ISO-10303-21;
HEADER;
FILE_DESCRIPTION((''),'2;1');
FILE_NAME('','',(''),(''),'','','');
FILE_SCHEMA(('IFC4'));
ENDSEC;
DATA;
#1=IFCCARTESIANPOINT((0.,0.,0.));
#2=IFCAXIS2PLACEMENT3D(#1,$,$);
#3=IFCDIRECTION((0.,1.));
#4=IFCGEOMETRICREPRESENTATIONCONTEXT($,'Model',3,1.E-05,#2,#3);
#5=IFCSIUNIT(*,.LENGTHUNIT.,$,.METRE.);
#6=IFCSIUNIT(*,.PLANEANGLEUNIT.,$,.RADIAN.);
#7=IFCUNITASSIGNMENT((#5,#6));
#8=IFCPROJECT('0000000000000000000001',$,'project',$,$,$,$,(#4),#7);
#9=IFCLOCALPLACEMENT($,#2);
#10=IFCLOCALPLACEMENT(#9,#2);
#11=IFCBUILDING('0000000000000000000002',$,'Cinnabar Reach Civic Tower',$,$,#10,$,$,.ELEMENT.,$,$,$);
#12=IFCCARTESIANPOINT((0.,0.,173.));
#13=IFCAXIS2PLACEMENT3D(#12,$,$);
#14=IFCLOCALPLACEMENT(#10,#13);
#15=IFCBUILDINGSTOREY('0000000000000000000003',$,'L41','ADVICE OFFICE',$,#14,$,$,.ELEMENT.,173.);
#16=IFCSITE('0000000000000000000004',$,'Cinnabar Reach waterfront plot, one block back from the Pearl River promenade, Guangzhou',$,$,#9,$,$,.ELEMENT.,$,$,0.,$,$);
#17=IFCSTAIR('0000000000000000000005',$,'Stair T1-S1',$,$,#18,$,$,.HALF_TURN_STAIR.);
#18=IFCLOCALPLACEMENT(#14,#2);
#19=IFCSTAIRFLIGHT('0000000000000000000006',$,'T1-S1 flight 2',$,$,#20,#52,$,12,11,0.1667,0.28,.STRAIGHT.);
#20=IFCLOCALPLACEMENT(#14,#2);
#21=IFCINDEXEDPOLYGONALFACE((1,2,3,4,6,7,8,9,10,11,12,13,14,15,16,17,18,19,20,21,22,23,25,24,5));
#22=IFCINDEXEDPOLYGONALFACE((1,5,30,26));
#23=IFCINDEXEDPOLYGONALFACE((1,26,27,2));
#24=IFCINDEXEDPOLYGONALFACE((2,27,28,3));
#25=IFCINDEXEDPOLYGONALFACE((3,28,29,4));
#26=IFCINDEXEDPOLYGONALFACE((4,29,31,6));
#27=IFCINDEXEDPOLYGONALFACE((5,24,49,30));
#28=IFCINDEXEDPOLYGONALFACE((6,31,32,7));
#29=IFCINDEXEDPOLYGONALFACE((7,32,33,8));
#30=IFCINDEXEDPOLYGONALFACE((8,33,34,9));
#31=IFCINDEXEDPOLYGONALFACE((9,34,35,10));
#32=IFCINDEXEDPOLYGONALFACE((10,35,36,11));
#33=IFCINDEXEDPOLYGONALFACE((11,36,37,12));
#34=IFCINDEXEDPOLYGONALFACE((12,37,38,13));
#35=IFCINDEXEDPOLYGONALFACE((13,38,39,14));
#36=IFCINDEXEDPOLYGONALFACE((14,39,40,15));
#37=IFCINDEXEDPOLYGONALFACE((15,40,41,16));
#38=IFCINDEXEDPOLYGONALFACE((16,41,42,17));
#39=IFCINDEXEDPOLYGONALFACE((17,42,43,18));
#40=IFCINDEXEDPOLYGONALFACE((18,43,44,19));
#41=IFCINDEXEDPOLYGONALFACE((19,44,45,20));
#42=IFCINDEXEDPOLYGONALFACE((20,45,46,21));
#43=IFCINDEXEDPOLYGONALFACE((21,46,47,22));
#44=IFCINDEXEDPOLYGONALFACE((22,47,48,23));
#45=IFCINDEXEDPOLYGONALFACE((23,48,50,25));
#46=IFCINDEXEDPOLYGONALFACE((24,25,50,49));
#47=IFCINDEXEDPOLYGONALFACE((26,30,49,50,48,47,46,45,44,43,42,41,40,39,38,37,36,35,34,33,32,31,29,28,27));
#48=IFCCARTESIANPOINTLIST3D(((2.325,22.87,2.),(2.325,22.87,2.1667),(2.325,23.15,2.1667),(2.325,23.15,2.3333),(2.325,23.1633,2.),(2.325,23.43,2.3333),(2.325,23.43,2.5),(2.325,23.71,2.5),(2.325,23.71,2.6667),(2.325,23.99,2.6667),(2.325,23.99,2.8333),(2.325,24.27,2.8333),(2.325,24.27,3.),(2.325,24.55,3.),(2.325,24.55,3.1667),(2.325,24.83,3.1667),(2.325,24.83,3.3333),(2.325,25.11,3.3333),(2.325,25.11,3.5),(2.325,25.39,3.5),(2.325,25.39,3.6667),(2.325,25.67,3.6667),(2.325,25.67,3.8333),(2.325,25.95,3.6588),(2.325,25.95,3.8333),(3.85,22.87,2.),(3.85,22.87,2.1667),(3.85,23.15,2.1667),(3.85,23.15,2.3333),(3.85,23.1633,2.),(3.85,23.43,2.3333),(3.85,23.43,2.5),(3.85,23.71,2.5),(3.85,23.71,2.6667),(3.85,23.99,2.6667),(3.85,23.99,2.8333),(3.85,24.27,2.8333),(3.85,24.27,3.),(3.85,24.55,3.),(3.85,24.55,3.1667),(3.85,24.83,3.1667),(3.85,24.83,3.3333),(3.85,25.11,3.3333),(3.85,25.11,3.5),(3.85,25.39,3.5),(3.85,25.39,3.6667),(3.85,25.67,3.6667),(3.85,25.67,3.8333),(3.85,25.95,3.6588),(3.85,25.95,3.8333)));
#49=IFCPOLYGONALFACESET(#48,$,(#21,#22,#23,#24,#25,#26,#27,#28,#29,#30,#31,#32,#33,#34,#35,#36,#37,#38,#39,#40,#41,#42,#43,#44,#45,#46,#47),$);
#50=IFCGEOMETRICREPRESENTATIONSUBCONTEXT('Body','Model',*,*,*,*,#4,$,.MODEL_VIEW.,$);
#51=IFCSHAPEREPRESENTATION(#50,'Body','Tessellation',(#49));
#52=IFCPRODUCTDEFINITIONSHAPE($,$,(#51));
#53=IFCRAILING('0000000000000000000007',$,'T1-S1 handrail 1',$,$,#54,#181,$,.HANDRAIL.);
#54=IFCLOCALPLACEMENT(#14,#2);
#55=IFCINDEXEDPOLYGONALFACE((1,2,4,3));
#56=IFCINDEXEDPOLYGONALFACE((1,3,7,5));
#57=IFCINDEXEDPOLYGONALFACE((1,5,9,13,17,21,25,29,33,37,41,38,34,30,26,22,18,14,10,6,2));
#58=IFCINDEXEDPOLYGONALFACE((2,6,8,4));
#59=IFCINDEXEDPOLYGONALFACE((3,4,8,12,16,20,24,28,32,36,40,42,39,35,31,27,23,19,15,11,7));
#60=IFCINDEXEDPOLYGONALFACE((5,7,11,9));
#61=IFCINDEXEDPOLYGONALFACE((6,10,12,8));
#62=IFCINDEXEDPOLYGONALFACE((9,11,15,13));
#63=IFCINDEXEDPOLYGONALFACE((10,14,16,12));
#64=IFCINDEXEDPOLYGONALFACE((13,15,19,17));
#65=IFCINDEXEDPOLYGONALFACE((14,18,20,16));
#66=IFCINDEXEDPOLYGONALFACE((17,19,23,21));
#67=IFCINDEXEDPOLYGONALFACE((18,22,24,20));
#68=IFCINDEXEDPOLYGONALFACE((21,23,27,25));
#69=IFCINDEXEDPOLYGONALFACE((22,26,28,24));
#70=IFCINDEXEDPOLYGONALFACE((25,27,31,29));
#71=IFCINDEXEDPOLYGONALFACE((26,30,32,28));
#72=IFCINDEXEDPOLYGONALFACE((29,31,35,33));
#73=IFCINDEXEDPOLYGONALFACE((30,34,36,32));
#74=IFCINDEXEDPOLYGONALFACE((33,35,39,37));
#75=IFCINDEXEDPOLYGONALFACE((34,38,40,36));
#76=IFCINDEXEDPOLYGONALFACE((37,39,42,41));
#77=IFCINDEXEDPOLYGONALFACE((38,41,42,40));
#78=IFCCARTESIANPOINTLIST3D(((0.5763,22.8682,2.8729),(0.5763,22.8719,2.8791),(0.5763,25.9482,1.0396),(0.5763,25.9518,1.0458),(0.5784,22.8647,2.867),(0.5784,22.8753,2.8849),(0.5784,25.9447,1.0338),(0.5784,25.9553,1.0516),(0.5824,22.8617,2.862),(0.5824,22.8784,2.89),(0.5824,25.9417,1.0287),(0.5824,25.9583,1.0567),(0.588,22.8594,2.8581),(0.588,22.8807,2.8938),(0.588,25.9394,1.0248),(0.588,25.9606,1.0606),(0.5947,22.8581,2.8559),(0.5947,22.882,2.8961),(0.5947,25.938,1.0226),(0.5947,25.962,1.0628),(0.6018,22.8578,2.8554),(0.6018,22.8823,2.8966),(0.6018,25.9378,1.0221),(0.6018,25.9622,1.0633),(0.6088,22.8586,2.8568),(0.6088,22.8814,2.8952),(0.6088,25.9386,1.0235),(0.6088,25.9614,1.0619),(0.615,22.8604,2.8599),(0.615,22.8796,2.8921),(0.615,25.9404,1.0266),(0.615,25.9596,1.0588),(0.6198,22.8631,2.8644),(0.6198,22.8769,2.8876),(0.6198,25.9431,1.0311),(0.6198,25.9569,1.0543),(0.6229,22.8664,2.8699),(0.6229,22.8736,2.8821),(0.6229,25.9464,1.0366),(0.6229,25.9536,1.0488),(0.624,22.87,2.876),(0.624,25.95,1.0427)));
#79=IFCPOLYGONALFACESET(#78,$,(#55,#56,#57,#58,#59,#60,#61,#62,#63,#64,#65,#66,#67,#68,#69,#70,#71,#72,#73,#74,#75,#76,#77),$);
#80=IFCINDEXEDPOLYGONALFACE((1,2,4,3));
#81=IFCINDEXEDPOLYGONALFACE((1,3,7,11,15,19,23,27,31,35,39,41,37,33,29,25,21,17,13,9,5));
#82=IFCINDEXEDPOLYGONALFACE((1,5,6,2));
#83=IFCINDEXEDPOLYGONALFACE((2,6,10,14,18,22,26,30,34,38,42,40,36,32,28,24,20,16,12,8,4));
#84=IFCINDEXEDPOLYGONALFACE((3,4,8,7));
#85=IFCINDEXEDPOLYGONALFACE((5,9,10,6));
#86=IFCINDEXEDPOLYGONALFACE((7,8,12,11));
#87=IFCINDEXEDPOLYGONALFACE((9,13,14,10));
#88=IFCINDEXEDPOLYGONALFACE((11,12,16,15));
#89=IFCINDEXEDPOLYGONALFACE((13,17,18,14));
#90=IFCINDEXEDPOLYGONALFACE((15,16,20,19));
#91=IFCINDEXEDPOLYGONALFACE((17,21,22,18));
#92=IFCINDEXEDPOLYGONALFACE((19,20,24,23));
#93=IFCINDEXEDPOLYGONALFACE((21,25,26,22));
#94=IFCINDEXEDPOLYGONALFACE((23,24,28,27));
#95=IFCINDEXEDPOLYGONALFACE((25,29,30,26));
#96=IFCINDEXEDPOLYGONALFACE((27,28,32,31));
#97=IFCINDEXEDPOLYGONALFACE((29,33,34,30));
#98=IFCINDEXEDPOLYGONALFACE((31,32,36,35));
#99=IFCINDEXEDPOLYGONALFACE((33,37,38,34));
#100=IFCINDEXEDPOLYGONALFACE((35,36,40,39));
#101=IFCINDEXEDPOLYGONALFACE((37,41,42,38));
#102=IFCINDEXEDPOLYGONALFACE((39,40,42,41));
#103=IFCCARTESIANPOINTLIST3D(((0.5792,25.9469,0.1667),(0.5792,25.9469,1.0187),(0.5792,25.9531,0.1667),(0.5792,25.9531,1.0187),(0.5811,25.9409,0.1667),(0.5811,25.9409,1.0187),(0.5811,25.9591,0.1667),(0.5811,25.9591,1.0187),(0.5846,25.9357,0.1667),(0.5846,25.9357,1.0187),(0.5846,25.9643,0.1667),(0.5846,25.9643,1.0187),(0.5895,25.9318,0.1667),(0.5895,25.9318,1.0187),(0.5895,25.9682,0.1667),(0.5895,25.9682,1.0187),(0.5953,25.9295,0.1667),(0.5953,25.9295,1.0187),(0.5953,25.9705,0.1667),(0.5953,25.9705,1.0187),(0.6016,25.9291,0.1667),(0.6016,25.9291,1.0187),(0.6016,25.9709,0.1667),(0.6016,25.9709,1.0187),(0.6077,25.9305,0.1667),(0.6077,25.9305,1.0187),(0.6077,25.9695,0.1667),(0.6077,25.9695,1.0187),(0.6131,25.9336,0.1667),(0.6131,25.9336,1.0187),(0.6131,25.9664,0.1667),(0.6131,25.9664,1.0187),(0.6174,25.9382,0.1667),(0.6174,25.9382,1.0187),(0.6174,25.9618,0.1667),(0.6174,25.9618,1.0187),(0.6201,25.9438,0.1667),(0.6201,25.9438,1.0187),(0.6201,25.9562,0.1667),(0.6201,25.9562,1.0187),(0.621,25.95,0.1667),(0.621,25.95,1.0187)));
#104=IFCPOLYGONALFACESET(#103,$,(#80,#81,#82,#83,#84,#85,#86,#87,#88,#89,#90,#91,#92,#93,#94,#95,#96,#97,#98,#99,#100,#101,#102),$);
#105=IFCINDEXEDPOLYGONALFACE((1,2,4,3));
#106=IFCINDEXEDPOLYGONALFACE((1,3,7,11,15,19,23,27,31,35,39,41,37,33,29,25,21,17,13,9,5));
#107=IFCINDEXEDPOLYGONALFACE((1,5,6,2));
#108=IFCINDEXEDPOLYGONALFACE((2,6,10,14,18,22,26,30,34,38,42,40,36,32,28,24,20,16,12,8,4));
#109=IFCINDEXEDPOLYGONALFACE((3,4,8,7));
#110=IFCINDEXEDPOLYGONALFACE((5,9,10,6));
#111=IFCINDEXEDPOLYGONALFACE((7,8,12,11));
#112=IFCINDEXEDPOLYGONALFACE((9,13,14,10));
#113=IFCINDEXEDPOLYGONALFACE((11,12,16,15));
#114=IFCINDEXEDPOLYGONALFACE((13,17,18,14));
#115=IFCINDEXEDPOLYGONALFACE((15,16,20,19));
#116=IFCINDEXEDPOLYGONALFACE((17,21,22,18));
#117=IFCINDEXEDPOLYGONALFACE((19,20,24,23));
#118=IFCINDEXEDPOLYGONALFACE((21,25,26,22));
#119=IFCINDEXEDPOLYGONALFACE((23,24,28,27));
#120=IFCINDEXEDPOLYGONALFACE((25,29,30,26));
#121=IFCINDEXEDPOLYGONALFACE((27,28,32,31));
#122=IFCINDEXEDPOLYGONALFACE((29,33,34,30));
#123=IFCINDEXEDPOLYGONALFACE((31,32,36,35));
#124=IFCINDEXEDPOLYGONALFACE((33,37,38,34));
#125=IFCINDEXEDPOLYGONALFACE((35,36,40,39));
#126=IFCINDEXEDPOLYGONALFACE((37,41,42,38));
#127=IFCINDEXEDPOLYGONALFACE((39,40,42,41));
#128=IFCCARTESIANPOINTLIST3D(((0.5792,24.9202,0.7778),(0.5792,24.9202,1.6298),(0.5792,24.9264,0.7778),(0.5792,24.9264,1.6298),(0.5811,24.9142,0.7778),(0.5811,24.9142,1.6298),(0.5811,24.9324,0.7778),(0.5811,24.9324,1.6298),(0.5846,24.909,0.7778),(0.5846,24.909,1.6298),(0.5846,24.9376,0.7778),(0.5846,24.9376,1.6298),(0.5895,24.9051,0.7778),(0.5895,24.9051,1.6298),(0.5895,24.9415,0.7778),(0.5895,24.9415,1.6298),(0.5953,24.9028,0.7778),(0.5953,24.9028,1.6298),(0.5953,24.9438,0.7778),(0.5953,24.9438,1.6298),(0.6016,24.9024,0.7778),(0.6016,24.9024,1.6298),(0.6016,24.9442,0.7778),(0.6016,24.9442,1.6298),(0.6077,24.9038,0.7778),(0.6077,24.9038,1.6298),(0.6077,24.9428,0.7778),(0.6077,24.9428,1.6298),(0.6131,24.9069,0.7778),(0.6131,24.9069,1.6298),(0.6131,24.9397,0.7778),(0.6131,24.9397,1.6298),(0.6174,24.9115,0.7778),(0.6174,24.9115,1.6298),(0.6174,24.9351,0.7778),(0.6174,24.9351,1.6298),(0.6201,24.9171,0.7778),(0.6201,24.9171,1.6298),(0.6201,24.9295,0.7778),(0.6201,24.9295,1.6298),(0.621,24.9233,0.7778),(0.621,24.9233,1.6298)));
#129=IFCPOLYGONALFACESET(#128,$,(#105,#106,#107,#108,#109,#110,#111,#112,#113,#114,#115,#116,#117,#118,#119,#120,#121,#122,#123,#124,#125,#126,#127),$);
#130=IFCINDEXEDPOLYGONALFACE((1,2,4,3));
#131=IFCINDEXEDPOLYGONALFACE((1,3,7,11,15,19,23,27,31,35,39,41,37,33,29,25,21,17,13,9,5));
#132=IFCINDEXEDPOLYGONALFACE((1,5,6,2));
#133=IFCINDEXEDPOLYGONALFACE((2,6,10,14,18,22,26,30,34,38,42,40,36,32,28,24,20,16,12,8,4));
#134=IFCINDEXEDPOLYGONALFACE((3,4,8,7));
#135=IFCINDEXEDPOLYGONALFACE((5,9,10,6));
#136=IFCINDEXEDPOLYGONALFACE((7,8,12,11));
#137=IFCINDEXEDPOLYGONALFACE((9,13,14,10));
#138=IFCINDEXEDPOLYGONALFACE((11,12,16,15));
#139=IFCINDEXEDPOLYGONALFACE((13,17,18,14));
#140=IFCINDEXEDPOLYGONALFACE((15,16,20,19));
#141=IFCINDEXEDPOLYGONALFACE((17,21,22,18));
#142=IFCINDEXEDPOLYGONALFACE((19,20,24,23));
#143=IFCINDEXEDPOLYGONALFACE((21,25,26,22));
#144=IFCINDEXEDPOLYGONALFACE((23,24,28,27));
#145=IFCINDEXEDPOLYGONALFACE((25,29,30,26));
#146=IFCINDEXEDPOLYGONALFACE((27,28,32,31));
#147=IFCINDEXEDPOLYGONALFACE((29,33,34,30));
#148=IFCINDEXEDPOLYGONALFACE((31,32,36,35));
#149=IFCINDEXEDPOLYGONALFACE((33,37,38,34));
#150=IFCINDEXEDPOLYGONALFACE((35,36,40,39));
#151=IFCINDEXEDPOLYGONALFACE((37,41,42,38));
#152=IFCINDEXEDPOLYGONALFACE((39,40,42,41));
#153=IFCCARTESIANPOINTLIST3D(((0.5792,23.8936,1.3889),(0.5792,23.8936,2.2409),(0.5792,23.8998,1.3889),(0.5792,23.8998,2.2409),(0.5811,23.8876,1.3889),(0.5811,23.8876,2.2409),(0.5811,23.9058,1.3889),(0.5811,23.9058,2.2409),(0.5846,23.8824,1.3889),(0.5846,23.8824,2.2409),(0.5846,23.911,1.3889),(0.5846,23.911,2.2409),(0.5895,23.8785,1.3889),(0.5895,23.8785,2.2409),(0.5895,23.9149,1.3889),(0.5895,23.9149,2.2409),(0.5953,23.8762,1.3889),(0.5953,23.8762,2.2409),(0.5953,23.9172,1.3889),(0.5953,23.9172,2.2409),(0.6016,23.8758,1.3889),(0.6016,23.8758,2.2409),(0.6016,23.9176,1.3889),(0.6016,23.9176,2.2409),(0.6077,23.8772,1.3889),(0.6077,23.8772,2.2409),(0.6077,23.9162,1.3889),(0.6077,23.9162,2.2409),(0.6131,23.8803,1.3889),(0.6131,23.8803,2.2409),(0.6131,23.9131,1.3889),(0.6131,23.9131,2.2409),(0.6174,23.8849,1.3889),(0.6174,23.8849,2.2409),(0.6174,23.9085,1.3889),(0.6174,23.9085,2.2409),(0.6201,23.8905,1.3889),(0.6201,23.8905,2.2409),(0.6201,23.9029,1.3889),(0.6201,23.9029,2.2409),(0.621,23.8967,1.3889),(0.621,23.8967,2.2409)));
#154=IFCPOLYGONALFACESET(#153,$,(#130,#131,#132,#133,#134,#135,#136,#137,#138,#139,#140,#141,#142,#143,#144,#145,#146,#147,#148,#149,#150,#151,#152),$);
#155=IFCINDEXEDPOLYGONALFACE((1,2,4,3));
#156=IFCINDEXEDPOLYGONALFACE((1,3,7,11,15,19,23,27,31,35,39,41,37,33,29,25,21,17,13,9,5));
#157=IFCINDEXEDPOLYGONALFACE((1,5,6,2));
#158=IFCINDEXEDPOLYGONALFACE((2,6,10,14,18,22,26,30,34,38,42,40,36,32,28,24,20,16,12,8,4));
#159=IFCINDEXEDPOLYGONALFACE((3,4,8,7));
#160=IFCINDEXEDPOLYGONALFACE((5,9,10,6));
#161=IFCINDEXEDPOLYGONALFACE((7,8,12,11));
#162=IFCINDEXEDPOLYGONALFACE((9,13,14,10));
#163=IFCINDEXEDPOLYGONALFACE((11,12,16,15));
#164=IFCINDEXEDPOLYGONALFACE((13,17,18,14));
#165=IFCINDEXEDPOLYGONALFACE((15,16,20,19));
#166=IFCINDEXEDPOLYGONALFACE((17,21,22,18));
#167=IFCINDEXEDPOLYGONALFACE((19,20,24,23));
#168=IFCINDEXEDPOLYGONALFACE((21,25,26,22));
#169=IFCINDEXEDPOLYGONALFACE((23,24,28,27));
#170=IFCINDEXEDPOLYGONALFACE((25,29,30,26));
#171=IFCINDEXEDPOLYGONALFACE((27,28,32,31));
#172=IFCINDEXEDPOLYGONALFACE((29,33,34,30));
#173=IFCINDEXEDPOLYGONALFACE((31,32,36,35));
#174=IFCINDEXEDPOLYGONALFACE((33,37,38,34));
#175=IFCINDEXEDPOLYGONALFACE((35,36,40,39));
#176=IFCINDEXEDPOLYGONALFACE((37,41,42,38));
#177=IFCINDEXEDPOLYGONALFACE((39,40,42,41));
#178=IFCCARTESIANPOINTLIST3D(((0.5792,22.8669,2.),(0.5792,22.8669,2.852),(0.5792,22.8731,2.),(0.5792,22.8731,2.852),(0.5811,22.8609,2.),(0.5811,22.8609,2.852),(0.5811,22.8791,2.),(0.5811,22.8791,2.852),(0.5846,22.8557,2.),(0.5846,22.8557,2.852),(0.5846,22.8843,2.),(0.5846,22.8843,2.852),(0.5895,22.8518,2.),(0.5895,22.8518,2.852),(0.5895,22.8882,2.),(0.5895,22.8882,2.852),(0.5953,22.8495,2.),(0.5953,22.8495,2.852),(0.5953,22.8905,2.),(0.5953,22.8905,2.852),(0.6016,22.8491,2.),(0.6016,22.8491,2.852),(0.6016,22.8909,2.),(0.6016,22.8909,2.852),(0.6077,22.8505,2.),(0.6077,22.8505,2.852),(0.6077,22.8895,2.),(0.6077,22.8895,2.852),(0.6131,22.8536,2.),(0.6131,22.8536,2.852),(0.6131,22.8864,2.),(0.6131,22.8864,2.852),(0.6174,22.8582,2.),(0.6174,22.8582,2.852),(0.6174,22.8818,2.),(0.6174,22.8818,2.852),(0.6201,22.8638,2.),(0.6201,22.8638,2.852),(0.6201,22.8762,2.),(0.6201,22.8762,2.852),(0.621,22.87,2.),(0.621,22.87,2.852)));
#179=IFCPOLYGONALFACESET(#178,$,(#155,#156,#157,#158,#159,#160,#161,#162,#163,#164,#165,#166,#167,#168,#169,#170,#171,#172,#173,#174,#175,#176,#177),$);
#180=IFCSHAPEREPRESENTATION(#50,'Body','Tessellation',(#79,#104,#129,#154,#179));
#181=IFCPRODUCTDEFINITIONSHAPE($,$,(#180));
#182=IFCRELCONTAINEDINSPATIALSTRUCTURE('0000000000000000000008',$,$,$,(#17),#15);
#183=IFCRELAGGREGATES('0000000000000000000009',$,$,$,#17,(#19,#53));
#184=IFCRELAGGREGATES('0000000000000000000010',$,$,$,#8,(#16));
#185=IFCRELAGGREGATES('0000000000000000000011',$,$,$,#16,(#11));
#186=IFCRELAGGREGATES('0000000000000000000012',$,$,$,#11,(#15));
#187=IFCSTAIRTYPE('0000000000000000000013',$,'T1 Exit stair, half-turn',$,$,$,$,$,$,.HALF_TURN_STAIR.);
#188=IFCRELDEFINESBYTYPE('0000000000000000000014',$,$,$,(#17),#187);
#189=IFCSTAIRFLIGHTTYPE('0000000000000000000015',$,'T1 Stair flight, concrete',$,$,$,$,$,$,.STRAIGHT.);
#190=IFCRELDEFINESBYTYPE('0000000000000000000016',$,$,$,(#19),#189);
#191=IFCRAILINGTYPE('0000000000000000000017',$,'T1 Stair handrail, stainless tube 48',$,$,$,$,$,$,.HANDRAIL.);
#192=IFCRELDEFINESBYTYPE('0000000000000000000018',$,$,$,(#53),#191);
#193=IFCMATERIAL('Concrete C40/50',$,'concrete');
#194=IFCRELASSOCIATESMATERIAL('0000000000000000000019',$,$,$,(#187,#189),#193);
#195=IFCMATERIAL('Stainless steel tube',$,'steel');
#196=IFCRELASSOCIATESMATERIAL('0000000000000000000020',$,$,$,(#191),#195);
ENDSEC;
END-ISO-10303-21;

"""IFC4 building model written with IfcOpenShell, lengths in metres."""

from ifc_helpers import new_model, si_unit, direction, frame, origin, origin_2d, place, context, subcontext, project, spatial, polyline, circle, outline, extrude, material, type_object, element, aggregate, save


model = new_model("IFC4")

# Units and contexts
model_context = context("Model", 3, precision=1e-05, world=origin(), true_north=direction((0.0, 1.0)))
body_context = subcontext(model_context, "Body", "Model", "MODEL_VIEW")
ifc_project = project(units=[si_unit("LENGTHUNIT", "METRE"), si_unit("PLANEANGLEUNIT", "RADIAN")], contexts=[model_context])

# Site, building, storey
site_placement = place(None, origin())
site = spatial("IfcSite", under=ifc_project, at=site_placement, Name="Cinnabar Reach waterfront plot, one block back from the Pearl River promenade, Guangzhou", CompositionType="ELEMENT", RefElevation=0.0)
building_placement = place(site_placement, origin())
building = spatial("IfcBuilding", under=site, at=building_placement, Name="Cinnabar Reach Civic Tower", CompositionType="ELEMENT")
storey_placement = place(building_placement, frame((0.0, 0.0, 173.0)))
storey = spatial("IfcBuildingStorey", under=building, at=storey_placement, Name="L41", Description="ADVICE OFFICE", CompositionType="ELEMENT", Elevation=173.0)

# Shared definitions
ifc_material_1 = material(Name="Concrete C40/50", Category="concrete")

# Stair, stair flight, railing
stair_type = type_object("IfcStairType", Name="T1 Exit stair, half-turn", PredefinedType="HALF_TURN_STAIR", material=ifc_material_1)
stair_placement = place(storey_placement, origin())
stair = element("IfcStair", 1, at=stair_placement, inside=storey, type_object=stair_type, Name="Stair T1-S1", PredefinedType="HALF_TURN_STAIR")
stair_flight_type = type_object("IfcStairFlightType", Name="T1 Stair flight, concrete", PredefinedType="STRAIGHT", material=ifc_material_1)
stair_flight_1_placement = place(storey_placement, frame((3.0875, 22.87, 2.0), z_axis=(0.0, 0.0, 1.0), x_axis=(0.0, 1.0, 0.0)))
stair_flight_1 = element("IfcStairFlight", 2, at=stair_flight_1_placement, type_object=stair_flight_type, Name="T1-S1 flight 2", NumberOfRisers=12, NumberOfTreads=11, PredefinedType="STRAIGHT", RiserHeight=0.1667, TreadLength=0.28, context=body_context, shape_type="SweptSolid", body=[
    extrude(outline(polyline([(0.0, 0.0), (0.0, 0.1667), (0.28, 0.1667), (0.28, 0.3333), (0.56, 0.3333), (0.56, 0.5), (0.84, 0.5), (0.84, 0.6667), (1.12, 0.6667), (1.12, 0.8333), (1.4, 0.8333), (1.4, 1.0), (1.68, 1.0), (1.68, 1.1667), (1.96, 1.1667), (1.96, 1.3333), (2.24, 1.3333), (2.24, 1.5), (2.52, 1.5), (2.52, 1.6667), (2.8, 1.6667), (2.8, 1.8333), (3.08, 1.8333), (3.08, 2.0), (3.08, 1.6588), (0.2933, 0.0), (0.0, 0.0)])), frame((0.0, 0.7625, 0.0), z_axis=(0.0, -1.0, 0.0), x_axis=(1.0, 0.0, 0.0)), (0.0, 0.0, 1.0), 1.525),
])
ifc_material_2 = material(Name="Stainless steel tube", Category="steel")
railing_type = type_object("IfcRailingType", Name="T1 Stair handrail, stainless tube 48", PredefinedType="HANDRAIL", material=ifc_material_2)
railing_1_placement = place(storey_placement, frame((0.6, 25.95, 0.1667)))
railing_1 = element("IfcRailing", 3, at=railing_1_placement, type_object=railing_type, Name="T1-S1 handrail 1", PredefinedType="HANDRAIL", context=body_context, shape_type="SweptSolid", body=[
    extrude(circle(Radius=0.024, at=origin_2d()), frame((0.0, 0.0, 0.876), z_axis=(0.0, -0.859297, 0.511477), x_axis=(1.0, 0.0, 0.0)), (0.0, 0.0, 1.0), 3.5843),
    extrude(circle(Radius=0.021, at=origin_2d()), origin(), (0.0, 0.0, 1.0), 0.852),
    extrude(circle(Radius=0.021, at=origin_2d()), frame((0.0, -1.0267, 0.6111)), (0.0, 0.0, 1.0), 0.852),
    extrude(circle(Radius=0.021, at=origin_2d()), frame((0.0, -2.0533, 1.2222)), (0.0, 0.0, 1.0), 0.852),
    extrude(circle(Radius=0.021, at=origin_2d()), frame((0.0, -3.08, 1.8333)), (0.0, 0.0, 1.0), 0.852),
])
aggregate(stair, [stair_flight_1, railing_1])

save(model, "model.ifc")
